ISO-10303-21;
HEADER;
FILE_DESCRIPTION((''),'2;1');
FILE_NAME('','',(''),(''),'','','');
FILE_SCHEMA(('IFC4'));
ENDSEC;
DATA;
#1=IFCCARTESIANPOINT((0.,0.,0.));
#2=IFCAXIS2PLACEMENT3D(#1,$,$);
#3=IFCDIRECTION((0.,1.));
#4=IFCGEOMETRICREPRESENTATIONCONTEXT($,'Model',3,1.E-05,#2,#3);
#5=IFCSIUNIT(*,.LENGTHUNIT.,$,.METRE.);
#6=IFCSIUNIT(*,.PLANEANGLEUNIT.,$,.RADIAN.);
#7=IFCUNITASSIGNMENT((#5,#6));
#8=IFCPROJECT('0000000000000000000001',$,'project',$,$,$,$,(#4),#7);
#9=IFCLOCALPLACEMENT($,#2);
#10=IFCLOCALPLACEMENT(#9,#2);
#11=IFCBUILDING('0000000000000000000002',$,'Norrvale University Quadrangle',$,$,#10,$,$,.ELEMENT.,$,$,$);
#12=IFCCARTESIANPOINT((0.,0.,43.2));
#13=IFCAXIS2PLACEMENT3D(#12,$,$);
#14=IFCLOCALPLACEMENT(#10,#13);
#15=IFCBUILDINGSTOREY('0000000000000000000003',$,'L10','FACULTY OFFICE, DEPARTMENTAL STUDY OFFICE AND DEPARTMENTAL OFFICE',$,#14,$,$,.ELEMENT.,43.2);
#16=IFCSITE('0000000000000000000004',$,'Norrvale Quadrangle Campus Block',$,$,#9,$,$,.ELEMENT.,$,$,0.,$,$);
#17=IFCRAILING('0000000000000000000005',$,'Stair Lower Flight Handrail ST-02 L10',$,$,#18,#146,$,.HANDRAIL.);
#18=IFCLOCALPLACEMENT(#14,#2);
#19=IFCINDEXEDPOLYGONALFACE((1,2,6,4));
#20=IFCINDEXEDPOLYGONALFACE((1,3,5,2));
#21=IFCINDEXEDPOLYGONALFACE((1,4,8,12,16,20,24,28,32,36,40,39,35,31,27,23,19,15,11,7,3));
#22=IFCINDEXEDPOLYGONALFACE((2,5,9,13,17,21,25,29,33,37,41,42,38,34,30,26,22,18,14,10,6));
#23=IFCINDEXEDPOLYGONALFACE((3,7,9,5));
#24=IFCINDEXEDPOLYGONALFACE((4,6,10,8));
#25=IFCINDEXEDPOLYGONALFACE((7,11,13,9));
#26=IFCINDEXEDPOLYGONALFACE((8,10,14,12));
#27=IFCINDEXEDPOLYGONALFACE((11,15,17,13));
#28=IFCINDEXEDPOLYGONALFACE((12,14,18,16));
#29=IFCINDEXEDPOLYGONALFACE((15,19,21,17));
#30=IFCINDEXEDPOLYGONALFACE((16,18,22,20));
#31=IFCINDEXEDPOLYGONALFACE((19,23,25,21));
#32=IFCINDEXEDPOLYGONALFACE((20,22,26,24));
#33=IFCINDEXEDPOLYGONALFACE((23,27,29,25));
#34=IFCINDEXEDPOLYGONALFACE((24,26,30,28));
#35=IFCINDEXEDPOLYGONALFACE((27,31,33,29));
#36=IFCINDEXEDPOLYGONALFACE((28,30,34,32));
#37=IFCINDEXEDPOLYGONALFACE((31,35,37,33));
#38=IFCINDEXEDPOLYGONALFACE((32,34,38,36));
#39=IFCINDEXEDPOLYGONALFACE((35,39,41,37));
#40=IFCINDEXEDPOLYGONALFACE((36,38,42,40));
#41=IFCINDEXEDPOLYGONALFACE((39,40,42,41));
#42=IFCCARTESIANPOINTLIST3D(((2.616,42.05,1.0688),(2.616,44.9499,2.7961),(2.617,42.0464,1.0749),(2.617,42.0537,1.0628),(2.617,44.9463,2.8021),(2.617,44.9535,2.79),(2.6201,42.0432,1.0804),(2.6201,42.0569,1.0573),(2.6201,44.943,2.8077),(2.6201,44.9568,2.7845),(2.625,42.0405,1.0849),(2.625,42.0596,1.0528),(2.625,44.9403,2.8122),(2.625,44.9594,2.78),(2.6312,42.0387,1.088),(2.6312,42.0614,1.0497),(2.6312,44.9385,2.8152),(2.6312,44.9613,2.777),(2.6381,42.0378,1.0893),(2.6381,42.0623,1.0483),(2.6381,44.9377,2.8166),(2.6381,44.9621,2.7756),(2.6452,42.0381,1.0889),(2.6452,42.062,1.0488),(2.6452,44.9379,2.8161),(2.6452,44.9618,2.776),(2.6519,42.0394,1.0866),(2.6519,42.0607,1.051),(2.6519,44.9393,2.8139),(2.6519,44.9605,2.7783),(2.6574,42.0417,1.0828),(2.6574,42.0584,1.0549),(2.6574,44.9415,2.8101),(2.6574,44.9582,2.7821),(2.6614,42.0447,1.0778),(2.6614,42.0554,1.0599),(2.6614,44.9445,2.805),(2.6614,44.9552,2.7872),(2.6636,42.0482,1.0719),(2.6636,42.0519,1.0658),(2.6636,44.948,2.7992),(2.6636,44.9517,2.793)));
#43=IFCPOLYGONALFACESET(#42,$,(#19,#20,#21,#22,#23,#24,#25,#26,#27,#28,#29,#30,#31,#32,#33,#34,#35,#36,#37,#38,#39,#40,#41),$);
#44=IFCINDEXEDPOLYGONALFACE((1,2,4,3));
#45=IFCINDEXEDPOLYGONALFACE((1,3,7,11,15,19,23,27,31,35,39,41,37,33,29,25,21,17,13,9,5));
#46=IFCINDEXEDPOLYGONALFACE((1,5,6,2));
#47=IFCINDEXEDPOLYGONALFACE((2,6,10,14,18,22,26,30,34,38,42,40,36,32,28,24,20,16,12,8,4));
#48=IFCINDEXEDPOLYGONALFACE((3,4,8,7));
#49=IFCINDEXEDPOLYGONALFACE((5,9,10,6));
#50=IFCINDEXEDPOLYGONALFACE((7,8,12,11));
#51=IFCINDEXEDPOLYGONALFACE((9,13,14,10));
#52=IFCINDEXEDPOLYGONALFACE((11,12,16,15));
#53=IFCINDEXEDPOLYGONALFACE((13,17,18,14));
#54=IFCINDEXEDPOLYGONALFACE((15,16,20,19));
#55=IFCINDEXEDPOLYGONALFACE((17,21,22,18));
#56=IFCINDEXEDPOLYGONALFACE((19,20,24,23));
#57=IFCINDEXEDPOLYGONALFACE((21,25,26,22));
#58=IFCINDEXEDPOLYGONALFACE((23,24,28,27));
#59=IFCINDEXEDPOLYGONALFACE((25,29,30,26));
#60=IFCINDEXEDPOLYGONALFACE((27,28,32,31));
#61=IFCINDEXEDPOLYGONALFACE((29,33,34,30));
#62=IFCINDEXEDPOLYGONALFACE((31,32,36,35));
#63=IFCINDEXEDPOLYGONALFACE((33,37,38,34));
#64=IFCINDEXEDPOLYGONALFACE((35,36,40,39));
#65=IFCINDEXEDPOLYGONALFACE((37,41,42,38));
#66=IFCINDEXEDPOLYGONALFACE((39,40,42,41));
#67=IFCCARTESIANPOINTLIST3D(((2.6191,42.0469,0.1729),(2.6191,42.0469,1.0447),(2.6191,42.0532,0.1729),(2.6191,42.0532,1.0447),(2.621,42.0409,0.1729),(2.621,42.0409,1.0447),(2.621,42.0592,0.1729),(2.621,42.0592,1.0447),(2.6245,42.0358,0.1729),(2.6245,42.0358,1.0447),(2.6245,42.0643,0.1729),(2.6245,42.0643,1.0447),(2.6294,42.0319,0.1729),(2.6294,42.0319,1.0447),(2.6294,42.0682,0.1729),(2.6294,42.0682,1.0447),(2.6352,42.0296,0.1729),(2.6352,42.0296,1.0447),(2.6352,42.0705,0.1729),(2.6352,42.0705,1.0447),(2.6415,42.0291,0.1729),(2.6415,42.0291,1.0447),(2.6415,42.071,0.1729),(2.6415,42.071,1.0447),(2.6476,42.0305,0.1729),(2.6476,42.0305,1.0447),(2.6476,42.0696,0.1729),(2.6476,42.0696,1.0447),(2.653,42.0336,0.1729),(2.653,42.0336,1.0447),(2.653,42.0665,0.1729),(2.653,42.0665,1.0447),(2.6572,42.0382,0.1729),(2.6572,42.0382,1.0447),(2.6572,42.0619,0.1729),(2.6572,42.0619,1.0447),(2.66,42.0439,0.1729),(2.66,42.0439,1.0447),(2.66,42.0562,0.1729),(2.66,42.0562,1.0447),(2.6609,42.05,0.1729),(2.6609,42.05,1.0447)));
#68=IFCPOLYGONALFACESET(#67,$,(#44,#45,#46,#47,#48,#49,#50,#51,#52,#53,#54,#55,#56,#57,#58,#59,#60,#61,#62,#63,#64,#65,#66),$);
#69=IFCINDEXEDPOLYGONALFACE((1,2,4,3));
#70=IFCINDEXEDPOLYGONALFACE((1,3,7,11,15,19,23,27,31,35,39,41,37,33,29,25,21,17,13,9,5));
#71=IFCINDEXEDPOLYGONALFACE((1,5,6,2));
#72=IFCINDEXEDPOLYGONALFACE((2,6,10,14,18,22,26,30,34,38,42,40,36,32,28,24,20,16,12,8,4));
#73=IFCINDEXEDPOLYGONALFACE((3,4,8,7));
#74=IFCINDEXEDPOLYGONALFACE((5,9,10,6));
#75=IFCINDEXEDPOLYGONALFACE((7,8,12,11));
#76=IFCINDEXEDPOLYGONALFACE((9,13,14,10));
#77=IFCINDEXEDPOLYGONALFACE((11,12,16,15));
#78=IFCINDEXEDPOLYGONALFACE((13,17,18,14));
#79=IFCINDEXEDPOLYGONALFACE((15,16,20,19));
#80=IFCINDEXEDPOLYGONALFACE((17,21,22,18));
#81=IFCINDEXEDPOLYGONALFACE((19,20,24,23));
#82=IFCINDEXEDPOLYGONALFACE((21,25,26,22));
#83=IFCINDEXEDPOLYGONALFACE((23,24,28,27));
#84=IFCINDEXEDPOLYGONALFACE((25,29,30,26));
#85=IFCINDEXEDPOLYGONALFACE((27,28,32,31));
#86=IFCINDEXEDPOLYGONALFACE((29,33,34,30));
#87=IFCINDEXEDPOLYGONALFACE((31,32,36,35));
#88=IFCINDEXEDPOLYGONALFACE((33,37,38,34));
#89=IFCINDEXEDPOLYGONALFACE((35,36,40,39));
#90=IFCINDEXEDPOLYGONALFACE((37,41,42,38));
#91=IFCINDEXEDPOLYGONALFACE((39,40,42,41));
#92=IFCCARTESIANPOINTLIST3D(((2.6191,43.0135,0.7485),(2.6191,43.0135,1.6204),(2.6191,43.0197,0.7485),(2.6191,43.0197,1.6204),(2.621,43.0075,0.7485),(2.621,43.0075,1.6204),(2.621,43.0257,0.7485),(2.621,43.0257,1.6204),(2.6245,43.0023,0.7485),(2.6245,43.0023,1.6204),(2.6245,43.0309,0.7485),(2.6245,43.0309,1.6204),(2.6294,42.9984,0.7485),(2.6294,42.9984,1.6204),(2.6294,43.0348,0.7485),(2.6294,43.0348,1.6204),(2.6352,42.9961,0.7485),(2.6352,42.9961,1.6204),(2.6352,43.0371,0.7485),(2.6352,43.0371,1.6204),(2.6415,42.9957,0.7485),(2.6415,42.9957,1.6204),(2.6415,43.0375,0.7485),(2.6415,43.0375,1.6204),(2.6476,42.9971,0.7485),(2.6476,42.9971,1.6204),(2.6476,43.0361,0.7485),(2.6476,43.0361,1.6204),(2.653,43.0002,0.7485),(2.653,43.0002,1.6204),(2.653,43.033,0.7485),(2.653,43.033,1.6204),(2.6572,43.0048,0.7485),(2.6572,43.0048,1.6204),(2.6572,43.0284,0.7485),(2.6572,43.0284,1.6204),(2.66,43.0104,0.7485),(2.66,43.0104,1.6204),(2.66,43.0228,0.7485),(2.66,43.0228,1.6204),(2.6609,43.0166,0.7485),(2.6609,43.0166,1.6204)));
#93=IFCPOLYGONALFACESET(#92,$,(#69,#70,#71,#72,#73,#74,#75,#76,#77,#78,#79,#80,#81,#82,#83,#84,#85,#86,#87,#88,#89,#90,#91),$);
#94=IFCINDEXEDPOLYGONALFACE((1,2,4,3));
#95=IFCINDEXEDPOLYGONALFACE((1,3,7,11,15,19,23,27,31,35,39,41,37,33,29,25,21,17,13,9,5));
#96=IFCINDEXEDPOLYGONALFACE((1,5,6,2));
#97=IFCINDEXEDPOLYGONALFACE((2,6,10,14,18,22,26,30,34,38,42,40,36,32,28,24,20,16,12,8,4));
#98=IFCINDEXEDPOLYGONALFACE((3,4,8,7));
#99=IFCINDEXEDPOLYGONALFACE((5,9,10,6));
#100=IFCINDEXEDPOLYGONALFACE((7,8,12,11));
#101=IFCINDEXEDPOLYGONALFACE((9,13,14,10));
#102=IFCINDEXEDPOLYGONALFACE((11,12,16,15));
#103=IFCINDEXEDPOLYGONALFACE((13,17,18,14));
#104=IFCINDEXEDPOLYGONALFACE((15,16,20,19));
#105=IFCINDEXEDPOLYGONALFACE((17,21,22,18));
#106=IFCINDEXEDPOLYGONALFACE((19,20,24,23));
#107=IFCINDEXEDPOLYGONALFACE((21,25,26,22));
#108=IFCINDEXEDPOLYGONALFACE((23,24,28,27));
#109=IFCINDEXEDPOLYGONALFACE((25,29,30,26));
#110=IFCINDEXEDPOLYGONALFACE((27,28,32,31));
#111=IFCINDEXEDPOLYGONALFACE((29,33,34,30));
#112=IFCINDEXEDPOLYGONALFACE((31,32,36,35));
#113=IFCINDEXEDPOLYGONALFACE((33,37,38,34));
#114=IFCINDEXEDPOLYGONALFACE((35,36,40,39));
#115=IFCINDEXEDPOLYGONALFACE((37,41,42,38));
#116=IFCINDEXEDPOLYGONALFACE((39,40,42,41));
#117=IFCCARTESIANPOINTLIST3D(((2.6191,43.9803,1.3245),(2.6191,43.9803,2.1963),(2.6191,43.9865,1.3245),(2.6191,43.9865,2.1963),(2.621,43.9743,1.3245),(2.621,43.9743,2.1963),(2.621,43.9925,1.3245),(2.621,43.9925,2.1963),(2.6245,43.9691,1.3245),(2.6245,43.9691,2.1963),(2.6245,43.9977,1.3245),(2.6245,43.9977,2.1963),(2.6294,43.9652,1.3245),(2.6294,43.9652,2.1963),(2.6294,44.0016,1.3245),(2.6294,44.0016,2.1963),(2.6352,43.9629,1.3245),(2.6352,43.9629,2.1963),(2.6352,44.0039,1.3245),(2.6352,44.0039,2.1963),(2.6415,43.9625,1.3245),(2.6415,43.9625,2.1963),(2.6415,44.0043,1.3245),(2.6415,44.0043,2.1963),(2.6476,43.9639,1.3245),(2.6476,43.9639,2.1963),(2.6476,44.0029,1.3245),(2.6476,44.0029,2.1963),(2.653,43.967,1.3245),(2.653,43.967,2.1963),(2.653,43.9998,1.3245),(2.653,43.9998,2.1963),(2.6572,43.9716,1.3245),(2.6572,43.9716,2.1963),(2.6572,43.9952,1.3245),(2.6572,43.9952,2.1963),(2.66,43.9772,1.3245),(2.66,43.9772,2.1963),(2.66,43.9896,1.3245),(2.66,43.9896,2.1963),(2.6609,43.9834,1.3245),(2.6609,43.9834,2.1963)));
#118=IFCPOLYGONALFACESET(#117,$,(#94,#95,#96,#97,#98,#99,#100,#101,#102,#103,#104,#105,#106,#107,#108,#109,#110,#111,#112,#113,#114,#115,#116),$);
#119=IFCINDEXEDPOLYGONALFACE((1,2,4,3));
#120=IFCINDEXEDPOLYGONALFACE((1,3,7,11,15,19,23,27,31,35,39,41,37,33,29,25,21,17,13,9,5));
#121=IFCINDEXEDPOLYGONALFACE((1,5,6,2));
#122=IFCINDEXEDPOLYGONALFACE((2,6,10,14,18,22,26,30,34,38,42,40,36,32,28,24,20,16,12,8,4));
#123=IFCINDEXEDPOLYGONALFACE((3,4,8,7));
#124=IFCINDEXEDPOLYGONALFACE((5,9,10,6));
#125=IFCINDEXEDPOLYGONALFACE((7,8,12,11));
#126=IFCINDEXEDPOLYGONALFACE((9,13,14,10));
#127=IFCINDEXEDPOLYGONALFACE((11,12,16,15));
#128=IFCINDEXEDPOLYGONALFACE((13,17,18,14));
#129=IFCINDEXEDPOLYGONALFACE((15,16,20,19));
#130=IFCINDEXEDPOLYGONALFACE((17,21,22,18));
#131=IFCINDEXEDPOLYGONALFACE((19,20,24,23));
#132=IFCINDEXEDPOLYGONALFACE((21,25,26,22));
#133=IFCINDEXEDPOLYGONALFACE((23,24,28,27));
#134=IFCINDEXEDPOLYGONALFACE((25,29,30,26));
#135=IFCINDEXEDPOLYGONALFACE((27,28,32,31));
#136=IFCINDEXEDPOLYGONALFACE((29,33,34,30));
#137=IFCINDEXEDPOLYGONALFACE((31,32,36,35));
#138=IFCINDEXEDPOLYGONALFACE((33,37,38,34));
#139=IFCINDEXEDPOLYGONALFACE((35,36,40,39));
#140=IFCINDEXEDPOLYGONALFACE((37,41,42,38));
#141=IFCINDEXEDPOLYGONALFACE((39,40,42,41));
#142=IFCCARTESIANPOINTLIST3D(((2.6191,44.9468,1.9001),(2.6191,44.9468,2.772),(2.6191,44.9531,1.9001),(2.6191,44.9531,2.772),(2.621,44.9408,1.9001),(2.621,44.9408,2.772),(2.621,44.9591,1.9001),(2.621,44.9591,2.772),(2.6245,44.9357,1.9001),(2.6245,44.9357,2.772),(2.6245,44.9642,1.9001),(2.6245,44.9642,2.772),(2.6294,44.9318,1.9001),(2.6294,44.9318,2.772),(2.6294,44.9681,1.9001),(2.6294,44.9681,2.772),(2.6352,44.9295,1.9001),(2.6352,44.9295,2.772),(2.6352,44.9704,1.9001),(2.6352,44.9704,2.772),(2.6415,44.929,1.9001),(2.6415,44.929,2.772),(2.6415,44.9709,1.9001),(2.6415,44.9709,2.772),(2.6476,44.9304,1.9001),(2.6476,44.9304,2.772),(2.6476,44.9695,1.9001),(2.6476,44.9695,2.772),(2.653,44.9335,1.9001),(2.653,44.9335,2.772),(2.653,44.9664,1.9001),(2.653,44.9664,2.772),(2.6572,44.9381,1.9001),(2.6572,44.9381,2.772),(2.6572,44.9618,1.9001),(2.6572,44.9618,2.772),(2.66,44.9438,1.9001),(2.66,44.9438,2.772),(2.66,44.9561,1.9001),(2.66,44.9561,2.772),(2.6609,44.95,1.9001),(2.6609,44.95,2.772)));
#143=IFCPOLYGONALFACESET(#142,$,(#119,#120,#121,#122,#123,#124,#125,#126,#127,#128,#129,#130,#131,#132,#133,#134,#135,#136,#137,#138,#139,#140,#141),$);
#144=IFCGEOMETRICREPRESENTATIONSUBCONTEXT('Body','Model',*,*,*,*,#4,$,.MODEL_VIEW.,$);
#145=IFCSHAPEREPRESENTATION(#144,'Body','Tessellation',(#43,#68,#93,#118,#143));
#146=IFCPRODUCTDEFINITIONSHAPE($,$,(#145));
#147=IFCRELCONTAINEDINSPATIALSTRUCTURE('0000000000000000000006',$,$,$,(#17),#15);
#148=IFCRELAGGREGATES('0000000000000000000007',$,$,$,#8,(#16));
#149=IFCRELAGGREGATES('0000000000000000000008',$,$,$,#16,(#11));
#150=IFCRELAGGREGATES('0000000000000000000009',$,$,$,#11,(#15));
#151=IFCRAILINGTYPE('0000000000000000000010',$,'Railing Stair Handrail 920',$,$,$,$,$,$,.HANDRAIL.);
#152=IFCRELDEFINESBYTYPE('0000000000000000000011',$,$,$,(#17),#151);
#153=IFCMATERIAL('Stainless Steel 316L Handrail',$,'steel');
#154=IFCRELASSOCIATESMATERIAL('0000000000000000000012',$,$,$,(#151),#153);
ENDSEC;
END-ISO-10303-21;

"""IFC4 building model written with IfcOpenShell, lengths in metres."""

from ifc_helpers import new_model, si_unit, direction, frame, origin, origin_2d, place, context, subcontext, project, spatial, circle, extrude, material, type_object, element, save


model = new_model("IFC4")

# Units and contexts
model_context = context("Model", 3, precision=1e-05, world=origin(), true_north=direction((0.0, 1.0)))
body_context = subcontext(model_context, "Body", "Model", "MODEL_VIEW")
ifc_project = project(units=[si_unit("LENGTHUNIT", "METRE"), si_unit("PLANEANGLEUNIT", "RADIAN")], contexts=[model_context])

# Site, building, storey
site_placement = place(None, origin())
site = spatial("IfcSite", under=ifc_project, at=site_placement, Name="Norrvale Quadrangle Campus Block", CompositionType="ELEMENT", RefElevation=0.0)
building_placement = place(site_placement, origin())
building = spatial("IfcBuilding", under=site, at=building_placement, Name="Norrvale University Quadrangle", CompositionType="ELEMENT")
storey_placement = place(building_placement, frame((0.0, 0.0, 43.2)))
storey = spatial("IfcBuildingStorey", under=building, at=storey_placement, Name="L10", Description="FACULTY OFFICE, DEPARTMENTAL STUDY OFFICE AND DEPARTMENTAL OFFICE", CompositionType="ELEMENT", Elevation=43.2)

# Railing
ifc_material_1 = material(Name="Stainless Steel 316L Handrail", Category="steel")
railing_type_1 = type_object("IfcRailingType", Name="Railing Stair Handrail 920", PredefinedType="HANDRAIL", material=ifc_material_1)
railing_1_placement = place(storey_placement, frame((2.6399, 42.05, 0.1729)))
element("IfcRailing", 1, at=railing_1_placement, inside=storey, type_object=railing_type_1, Name="Stair Lower Flight Handrail ST-02 L10", PredefinedType="HANDRAIL", context=body_context, shape_type="SweptSolid", body=[
    extrude(circle(Radius=0.0239, at=origin_2d()), frame((0.0, 0.0, 0.896), z_axis=(0.0, 0.859141, 0.511738), x_axis=(-1.0, 0.0, 0.0)), (0.0, 0.0, 1.0), 3.3752),
    extrude(circle(Radius=0.021, at=origin_2d()), origin(), (0.0, 0.0, 1.0), 0.8718),
    extrude(circle(Radius=0.021, at=origin_2d()), frame((0.0, 0.9666, 0.5757)), (0.0, 0.0, 1.0), 0.8718),
    extrude(circle(Radius=0.021, at=origin_2d()), frame((0.0, 1.9333, 1.1516)), (0.0, 0.0, 1.0), 0.8718),
    extrude(circle(Radius=0.021, at=origin_2d()), frame((0.0, 2.8999, 1.7273)), (0.0, 0.0, 1.0), 0.8718),
])

save(model, "model.ifc")
